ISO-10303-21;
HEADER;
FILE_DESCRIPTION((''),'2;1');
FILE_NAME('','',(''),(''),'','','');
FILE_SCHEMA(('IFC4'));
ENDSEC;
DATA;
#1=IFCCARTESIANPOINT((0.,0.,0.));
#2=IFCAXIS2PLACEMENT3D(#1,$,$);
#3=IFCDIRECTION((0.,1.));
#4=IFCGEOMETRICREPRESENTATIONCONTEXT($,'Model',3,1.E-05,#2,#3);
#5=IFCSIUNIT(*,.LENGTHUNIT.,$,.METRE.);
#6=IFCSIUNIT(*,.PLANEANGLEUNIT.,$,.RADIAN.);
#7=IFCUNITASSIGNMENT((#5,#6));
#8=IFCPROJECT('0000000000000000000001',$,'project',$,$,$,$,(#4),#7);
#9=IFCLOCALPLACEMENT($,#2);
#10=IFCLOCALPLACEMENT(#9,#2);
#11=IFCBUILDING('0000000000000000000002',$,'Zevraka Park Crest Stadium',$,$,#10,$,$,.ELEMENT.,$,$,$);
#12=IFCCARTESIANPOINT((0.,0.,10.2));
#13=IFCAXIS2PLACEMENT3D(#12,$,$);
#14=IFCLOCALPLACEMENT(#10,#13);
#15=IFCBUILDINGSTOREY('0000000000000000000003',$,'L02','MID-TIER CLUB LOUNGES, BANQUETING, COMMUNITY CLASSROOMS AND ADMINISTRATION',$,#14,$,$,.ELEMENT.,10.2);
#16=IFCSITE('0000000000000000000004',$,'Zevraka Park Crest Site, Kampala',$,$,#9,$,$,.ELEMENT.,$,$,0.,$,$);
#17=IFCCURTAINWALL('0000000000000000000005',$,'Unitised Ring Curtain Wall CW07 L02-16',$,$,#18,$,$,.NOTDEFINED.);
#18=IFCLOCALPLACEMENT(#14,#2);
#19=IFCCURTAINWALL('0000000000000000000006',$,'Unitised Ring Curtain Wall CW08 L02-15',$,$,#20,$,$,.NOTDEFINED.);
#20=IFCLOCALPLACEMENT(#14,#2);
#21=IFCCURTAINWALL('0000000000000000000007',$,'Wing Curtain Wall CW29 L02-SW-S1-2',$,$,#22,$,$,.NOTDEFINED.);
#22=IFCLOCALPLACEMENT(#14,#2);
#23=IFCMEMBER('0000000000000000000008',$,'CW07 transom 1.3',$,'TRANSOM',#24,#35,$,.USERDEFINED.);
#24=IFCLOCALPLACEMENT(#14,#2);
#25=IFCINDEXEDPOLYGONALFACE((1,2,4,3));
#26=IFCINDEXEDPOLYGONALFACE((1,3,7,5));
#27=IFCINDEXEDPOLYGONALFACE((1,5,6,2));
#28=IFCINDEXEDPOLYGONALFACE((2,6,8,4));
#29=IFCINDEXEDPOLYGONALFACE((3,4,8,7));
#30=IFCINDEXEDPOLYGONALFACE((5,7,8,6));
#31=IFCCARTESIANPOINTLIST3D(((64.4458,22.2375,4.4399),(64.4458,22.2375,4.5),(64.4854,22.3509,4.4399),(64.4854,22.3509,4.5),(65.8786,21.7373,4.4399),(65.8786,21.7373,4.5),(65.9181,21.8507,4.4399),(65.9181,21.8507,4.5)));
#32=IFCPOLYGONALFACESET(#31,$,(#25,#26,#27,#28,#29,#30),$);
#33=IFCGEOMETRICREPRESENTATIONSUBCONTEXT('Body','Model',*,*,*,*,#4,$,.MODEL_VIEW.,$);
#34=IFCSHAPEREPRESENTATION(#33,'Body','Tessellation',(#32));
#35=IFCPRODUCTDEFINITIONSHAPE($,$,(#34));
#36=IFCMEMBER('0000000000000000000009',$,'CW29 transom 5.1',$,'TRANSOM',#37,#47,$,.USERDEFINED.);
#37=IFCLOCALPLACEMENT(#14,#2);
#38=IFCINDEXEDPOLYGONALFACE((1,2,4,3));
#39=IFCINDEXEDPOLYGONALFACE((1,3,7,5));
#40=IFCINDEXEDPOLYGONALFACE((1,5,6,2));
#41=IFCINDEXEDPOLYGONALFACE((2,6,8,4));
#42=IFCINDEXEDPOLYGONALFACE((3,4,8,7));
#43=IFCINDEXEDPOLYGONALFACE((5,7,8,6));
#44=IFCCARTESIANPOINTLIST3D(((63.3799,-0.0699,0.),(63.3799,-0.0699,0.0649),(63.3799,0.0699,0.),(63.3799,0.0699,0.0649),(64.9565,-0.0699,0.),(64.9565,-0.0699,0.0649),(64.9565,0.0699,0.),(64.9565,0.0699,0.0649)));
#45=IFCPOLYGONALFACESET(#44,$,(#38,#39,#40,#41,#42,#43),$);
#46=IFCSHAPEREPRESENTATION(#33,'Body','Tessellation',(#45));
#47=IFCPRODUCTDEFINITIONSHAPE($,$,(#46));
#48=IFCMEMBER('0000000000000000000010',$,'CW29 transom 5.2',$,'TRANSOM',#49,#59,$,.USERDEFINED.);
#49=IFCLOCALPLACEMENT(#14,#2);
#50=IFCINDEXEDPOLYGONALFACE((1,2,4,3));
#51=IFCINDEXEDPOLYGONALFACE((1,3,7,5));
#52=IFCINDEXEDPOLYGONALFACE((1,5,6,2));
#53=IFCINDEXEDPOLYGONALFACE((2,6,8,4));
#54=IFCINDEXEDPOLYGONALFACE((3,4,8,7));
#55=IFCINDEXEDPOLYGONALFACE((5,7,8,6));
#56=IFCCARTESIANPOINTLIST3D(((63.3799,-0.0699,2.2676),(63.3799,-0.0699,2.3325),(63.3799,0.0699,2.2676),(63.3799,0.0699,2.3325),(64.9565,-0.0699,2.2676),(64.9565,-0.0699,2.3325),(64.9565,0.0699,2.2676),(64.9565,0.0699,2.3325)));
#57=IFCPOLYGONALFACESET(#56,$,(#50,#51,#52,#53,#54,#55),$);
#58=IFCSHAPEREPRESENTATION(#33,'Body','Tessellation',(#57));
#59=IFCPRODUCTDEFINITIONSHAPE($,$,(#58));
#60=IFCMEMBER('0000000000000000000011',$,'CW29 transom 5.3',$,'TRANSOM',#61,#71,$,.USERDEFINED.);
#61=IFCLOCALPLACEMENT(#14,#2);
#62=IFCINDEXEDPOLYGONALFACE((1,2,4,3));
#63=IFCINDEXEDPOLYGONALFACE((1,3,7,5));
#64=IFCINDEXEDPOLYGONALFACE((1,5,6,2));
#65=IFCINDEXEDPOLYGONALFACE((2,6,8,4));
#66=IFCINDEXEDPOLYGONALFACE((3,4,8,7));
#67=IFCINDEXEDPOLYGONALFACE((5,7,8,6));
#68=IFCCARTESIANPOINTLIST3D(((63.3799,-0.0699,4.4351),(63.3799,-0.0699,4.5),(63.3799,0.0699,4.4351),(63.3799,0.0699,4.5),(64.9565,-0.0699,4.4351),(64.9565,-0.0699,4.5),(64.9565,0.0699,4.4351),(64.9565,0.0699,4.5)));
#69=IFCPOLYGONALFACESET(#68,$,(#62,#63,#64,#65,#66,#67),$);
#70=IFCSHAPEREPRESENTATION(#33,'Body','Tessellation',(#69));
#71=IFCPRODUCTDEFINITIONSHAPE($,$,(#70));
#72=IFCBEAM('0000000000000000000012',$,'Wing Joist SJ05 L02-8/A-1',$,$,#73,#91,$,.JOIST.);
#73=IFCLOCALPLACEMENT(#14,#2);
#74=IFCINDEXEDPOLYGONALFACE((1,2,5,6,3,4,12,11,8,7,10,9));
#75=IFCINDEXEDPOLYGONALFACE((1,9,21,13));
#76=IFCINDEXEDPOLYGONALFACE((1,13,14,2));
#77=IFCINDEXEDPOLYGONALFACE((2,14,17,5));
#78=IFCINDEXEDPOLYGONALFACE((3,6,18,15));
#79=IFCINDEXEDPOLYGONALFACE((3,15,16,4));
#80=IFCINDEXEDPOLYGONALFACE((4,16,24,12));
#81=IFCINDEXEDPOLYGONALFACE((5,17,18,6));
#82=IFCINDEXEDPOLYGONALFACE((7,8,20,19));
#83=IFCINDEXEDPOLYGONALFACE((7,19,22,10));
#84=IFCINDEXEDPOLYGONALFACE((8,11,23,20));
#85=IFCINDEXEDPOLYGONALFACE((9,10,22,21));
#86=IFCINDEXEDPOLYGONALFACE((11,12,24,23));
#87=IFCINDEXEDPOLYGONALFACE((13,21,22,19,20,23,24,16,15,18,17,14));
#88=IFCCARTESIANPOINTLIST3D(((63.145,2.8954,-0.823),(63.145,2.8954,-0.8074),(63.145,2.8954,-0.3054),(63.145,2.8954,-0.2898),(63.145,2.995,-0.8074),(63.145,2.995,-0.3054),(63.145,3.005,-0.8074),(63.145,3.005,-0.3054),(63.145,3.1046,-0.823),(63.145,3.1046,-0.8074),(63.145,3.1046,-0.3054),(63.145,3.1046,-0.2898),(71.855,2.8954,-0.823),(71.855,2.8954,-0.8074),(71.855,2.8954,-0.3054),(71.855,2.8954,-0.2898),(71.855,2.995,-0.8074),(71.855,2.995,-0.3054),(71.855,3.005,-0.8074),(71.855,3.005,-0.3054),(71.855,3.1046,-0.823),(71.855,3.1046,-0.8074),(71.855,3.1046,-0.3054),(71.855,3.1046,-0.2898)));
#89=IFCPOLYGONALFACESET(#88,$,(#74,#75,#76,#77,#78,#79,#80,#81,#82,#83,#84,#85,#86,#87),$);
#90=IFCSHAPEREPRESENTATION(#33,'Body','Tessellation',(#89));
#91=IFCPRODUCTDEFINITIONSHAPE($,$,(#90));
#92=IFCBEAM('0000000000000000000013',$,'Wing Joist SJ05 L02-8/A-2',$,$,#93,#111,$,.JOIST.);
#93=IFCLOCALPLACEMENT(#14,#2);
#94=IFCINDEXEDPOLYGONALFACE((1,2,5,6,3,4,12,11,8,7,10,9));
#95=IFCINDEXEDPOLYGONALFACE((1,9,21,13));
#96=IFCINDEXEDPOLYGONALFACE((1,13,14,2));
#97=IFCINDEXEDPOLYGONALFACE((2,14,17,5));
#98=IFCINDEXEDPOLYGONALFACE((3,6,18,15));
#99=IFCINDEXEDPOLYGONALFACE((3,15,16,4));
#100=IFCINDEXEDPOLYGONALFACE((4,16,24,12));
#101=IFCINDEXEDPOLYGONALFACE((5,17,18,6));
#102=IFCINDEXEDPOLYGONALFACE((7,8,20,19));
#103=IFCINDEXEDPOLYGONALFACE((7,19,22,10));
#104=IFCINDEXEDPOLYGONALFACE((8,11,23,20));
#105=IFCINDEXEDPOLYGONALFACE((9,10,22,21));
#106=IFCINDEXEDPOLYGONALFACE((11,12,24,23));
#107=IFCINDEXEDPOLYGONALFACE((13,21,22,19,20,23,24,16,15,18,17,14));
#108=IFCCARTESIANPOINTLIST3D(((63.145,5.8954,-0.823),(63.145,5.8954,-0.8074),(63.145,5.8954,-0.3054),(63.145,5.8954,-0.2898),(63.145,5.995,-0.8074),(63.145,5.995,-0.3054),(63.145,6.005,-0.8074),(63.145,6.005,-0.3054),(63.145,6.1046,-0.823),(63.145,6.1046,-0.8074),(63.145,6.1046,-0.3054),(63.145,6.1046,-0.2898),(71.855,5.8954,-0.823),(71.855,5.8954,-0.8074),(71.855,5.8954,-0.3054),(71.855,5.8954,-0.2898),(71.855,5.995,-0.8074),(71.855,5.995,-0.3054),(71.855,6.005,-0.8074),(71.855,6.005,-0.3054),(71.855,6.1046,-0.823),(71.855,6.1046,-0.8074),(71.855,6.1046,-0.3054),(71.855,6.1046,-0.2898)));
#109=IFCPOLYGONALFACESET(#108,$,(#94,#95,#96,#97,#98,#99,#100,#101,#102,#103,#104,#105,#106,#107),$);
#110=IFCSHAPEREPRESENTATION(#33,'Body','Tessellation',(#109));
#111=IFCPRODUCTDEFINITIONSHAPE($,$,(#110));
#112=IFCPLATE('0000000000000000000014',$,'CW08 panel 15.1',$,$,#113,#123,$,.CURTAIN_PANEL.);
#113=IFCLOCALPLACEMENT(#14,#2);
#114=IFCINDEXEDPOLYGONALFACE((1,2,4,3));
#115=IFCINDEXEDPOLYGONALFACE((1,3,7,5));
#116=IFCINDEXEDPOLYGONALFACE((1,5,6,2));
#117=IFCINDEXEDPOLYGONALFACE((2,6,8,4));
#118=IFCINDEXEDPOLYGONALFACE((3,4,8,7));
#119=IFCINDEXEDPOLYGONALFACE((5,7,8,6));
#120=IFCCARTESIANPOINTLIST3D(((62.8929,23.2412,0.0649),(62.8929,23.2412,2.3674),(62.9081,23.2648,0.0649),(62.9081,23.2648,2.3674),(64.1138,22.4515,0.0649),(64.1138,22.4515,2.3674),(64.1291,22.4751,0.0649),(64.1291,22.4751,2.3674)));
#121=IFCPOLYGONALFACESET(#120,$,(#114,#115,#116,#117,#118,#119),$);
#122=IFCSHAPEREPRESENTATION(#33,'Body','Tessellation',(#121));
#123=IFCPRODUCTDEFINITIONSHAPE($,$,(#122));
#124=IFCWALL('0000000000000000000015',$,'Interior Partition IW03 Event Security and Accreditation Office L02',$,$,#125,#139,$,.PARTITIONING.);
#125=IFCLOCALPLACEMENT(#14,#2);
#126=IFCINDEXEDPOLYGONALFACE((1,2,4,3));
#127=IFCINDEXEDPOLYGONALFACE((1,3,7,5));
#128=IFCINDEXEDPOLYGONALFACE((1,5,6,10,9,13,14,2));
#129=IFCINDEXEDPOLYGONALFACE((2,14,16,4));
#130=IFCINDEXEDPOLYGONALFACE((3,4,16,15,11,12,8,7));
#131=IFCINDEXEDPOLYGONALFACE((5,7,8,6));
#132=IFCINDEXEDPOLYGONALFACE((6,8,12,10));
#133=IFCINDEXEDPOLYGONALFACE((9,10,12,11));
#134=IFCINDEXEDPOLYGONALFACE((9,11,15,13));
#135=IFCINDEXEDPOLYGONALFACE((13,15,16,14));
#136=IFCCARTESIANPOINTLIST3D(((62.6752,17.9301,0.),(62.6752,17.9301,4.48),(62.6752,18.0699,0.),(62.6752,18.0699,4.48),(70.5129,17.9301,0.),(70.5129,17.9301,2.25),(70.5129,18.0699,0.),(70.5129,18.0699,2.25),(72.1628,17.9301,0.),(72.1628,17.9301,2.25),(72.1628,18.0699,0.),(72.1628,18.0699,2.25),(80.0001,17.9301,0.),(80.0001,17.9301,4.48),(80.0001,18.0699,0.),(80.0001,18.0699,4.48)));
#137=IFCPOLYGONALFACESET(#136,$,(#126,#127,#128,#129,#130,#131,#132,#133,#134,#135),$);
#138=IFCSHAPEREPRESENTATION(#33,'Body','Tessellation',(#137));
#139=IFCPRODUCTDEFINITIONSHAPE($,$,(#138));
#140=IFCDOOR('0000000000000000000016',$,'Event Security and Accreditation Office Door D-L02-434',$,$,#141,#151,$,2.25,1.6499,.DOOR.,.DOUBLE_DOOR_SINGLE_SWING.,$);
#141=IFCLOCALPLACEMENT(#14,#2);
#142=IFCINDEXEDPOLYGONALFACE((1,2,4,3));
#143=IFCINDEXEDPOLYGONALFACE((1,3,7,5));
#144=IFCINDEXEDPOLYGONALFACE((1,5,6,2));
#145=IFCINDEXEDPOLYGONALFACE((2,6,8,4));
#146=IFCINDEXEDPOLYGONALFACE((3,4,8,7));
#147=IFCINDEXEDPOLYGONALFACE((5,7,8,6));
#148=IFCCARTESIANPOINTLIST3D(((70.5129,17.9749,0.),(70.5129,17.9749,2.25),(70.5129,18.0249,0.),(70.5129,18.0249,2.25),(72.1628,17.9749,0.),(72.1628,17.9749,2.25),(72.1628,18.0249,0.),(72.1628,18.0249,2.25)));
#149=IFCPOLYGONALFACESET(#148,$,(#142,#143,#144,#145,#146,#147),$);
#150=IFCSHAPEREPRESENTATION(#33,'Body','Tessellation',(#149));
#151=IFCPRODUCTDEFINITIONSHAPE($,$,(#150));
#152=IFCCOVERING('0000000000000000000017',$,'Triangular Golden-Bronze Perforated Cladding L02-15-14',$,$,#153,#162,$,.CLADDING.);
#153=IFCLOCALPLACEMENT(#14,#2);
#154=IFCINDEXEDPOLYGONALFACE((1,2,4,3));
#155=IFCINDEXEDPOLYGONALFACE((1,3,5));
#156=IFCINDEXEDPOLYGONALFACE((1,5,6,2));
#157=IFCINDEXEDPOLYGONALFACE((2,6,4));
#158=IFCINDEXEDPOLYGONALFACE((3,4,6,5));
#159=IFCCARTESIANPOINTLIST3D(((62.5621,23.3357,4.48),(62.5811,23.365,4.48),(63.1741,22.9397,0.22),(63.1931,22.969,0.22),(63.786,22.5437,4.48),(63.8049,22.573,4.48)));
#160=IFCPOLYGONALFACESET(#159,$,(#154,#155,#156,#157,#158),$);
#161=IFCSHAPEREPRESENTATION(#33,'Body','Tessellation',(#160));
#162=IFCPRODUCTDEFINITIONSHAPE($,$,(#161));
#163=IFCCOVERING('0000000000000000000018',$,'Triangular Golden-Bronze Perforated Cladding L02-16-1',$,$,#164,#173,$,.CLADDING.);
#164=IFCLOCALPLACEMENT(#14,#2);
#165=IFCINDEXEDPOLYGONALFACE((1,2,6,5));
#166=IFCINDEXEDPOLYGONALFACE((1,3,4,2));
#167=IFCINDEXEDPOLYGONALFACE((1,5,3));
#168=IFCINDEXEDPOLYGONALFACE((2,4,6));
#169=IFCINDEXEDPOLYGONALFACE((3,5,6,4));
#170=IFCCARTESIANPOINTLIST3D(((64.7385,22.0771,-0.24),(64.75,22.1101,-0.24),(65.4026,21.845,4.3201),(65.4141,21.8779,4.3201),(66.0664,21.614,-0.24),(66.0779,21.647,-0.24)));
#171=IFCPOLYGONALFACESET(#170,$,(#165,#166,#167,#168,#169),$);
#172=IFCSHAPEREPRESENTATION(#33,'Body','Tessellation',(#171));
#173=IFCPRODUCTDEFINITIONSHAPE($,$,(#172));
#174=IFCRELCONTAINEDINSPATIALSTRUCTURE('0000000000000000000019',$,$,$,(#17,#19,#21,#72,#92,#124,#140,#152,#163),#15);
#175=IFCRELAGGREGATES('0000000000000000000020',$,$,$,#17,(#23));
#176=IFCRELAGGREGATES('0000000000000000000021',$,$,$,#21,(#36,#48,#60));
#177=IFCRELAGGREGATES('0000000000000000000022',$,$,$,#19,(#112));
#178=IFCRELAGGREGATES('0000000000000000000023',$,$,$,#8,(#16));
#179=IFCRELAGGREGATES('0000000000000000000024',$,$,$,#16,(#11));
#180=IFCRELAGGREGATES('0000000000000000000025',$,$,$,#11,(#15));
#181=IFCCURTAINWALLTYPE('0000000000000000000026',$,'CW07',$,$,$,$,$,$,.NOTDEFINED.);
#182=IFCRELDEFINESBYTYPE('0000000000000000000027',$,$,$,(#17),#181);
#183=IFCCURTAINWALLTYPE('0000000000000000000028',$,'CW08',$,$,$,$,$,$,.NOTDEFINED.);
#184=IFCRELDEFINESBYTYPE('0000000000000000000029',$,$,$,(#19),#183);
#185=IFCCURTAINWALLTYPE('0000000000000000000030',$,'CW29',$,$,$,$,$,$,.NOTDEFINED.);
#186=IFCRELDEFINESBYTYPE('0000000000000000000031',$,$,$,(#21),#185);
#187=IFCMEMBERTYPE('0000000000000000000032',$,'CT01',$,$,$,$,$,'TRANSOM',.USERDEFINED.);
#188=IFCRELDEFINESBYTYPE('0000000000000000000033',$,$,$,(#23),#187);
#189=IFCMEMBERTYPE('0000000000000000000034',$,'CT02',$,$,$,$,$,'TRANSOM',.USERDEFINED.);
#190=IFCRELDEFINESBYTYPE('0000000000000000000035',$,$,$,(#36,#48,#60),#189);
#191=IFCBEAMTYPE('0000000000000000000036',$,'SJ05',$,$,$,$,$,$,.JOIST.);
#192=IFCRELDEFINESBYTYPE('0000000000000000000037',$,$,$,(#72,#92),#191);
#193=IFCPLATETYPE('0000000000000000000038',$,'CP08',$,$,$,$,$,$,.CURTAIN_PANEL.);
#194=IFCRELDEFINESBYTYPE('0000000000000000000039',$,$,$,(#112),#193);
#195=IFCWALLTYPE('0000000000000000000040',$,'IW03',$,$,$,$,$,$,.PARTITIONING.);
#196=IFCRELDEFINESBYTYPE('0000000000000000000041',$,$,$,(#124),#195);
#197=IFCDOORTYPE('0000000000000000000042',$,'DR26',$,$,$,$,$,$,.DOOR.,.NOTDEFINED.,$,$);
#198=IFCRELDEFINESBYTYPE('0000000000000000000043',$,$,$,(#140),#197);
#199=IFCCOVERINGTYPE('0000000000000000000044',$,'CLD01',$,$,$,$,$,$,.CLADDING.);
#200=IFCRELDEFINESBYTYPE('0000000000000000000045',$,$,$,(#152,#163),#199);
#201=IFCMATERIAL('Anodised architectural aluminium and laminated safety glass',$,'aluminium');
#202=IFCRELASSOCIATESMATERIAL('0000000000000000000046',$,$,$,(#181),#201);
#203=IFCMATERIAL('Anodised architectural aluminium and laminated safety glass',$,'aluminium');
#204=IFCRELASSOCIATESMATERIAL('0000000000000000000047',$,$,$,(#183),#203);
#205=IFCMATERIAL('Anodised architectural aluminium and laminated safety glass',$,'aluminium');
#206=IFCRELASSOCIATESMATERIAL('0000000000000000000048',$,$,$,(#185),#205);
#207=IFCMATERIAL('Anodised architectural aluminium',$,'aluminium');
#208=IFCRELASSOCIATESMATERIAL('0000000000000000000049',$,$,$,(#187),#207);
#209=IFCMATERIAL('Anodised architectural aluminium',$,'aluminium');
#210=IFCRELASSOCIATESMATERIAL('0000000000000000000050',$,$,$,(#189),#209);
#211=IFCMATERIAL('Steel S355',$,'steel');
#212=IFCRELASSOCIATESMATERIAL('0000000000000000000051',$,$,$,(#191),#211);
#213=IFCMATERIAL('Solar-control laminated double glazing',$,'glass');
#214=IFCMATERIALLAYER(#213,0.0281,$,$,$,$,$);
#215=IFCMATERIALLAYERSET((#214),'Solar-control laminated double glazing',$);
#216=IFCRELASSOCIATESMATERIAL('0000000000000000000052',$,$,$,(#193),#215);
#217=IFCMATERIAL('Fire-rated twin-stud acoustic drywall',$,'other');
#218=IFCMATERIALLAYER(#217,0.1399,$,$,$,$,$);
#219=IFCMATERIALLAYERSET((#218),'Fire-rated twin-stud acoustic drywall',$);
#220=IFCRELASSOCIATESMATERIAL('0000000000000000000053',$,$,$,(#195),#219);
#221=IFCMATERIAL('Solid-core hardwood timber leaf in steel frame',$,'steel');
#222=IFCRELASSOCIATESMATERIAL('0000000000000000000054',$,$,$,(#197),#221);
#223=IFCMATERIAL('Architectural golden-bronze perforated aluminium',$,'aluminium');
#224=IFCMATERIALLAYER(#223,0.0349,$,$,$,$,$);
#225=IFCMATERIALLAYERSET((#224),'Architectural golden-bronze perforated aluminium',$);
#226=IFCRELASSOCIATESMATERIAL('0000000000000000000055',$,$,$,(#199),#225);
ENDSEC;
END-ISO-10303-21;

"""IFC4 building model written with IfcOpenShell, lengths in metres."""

from ifc_helpers import new_model, si_unit, direction, frame, frame_2d, origin, origin_2d, place, context, subcontext, project, spatial, polyline, rectangle, i_section, outline, extrude, material, layer, layer_set, material_profile, profile_set, type_object, element, fill, aggregate, save


model = new_model("IFC4")

# Units and contexts
model_context = context("Model", 3, precision=1e-05, world=origin(), true_north=direction((0.0, 1.0)))
body_context = subcontext(model_context, "Body", "Model", "MODEL_VIEW")
ifc_project = project(units=[si_unit("LENGTHUNIT", "METRE"), si_unit("PLANEANGLEUNIT", "RADIAN")], contexts=[model_context])

# Site, building, storey
site_placement = place(None, origin())
site = spatial("IfcSite", under=ifc_project, at=site_placement, Name="Zevraka Park Crest Site, Kampala", CompositionType="ELEMENT", RefElevation=0.0)
building_placement = place(site_placement, origin())
building = spatial("IfcBuilding", under=site, at=building_placement, Name="Zevraka Park Crest Stadium", CompositionType="ELEMENT")
storey_placement = place(building_placement, frame((0.0, 0.0, 10.2)))
storey = spatial("IfcBuildingStorey", under=building, at=storey_placement, Name="L02", Description="MID-TIER CLUB LOUNGES, BANQUETING, COMMUNITY CLASSROOMS AND ADMINISTRATION", CompositionType="ELEMENT", Elevation=10.2)

# Curtain walls
ifc_material_1 = material(Name="Anodised architectural aluminium and laminated safety glass", Category="aluminium")
curtain_wall_type_1 = type_object("IfcCurtainWallType", Name="CW07", PredefinedType="NOTDEFINED", material=ifc_material_1)
curtain_wall_1_placement = place(storey_placement, origin())
curtain_wall_1 = element("IfcCurtainWall", 1, at=curtain_wall_1_placement, inside=storey, type_object=curtain_wall_type_1, Name="Unitised Ring Curtain Wall CW07 L02-16", PredefinedType="NOTDEFINED")
ifc_material_2 = material(Name="Anodised architectural aluminium and laminated safety glass", Category="aluminium")
curtain_wall_type_2 = type_object("IfcCurtainWallType", Name="CW08", PredefinedType="NOTDEFINED", material=ifc_material_2)
curtain_wall_2_placement = place(storey_placement, origin())
curtain_wall_2 = element("IfcCurtainWall", 2, at=curtain_wall_2_placement, inside=storey, type_object=curtain_wall_type_2, Name="Unitised Ring Curtain Wall CW08 L02-15", PredefinedType="NOTDEFINED")
ifc_material_3 = material(Name="Anodised architectural aluminium and laminated safety glass", Category="aluminium")
curtain_wall_type_3 = type_object("IfcCurtainWallType", Name="CW29", PredefinedType="NOTDEFINED", material=ifc_material_3)
curtain_wall_3_placement = place(storey_placement, origin())
curtain_wall_3 = element("IfcCurtainWall", 3, at=curtain_wall_3_placement, inside=storey, type_object=curtain_wall_type_3, Name="Wing Curtain Wall CW29 L02-SW-S1-2", PredefinedType="NOTDEFINED")

# Members
ifc_material_4 = material(Name="Anodised architectural aluminium", Category="aluminium")
ifc_material_profile_1 = material_profile(ifc_material_4, rectangle(XDim=0.1201, YDim=0.0601, at=origin_2d()), Name="ALU TRANSOM 120x60")
ifc_profile_set_1 = profile_set([ifc_material_profile_1], Name="Anodised architectural aluminium")
member_type_1 = type_object("IfcMemberType", Name="CT01", ElementType="TRANSOM", PredefinedType="USERDEFINED", material=ifc_profile_set_1)
member_1_placement = place(storey_placement, frame((64.4656, 22.2942, 4.47), z_axis=(0.944116, -0.329612, 0.0), x_axis=(0.329612, 0.944116, 0.0)))
member_1 = element("IfcMember", 4, at=member_1_placement, type_object=member_type_1, Name="CW07 transom 1.3", ObjectType="TRANSOM", PredefinedType="USERDEFINED", context=body_context, shape_type="SweptSolid", body=[
    extrude(rectangle(XDim=0.1201, YDim=0.0601, at=origin_2d()), origin(), (0.0, 0.0, 1.0), 1.5176),
])
aggregate(curtain_wall_1, [member_1])
ifc_material_5 = material(Name="Anodised architectural aluminium", Category="aluminium")
ifc_material_profile_2 = material_profile(ifc_material_5, rectangle(XDim=0.1399, YDim=0.0649, at=origin_2d()), Name="ALU TRANSOM 140x65")
ifc_profile_set_2 = profile_set([ifc_material_profile_2], Name="Anodised architectural aluminium")
member_type_2 = type_object("IfcMemberType", Name="CT02", ElementType="TRANSOM", PredefinedType="USERDEFINED", material=ifc_profile_set_2)
member_2_placement = place(storey_placement, frame((64.9565, 0.0, 0.0325), z_axis=(-1.0, 0.0, 0.0), x_axis=(0.0, -1.0, 0.0)))
member_2 = element("IfcMember", 5, at=member_2_placement, type_object=member_type_2, Name="CW29 transom 5.1", ObjectType="TRANSOM", PredefinedType="USERDEFINED", context=body_context, shape_type="SweptSolid", body=[
    extrude(rectangle(XDim=0.1399, YDim=0.0649, at=origin_2d()), origin(), (0.0, 0.0, 1.0), 1.5767),
])
member_3_placement = place(storey_placement, frame((64.9565, 0.0, 2.3), z_axis=(-1.0, 0.0, 0.0), x_axis=(0.0, -1.0, 0.0)))
member_3 = element("IfcMember", 6, at=member_3_placement, type_object=member_type_2, Name="CW29 transom 5.2", ObjectType="TRANSOM", PredefinedType="USERDEFINED", context=body_context, shape_type="SweptSolid", body=[
    extrude(rectangle(XDim=0.1399, YDim=0.0649, at=origin_2d()), origin(), (0.0, 0.0, 1.0), 1.5767),
])
member_4_placement = place(storey_placement, frame((64.9565, 0.0, 4.4675), z_axis=(-1.0, 0.0, 0.0), x_axis=(0.0, -1.0, 0.0)))
member_4 = element("IfcMember", 7, at=member_4_placement, type_object=member_type_2, Name="CW29 transom 5.3", ObjectType="TRANSOM", PredefinedType="USERDEFINED", context=body_context, shape_type="SweptSolid", body=[
    extrude(rectangle(XDim=0.1399, YDim=0.0649, at=origin_2d()), origin(), (0.0, 0.0, 1.0), 1.5767),
])
aggregate(curtain_wall_3, [member_2, member_3, member_4])

# Beams
ifc_material_6 = material(Name="Steel S355", Category="steel")
ifc_material_profile_3 = material_profile(ifc_material_6, i_section(OverallWidth=0.2092, OverallDepth=0.5332, WebThickness=0.01, FlangeThickness=0.0156, at=origin_2d()), Name="UKB 533x210x92")
ifc_profile_set_3 = profile_set([ifc_material_profile_3], Name="Steel S355")
beam_type_1 = type_object("IfcBeamType", Name="SJ05", PredefinedType="JOIST", material=ifc_profile_set_3)
for number, where, z_axis, x_axis, name in (
    (8, (63.145, 3.0, -0.5564), (1.0, 0.0, 0.0), (0.0, 1.0, 0.0), "Wing Joist SJ05 L02-8/A-1"),
    (9, (63.145, 6.0, -0.5564), (1.0, 0.0, 0.0), (0.0, 1.0, 0.0), "Wing Joist SJ05 L02-8/A-2"),
):
    element("IfcBeam", number, at=place(storey_placement, frame(where, z_axis=z_axis, x_axis=x_axis)), inside=storey, type_object=beam_type_1, Name=name, PredefinedType="JOIST", context=body_context, shape_type="SweptSolid", body=[
        extrude(i_section(OverallWidth=0.2092, OverallDepth=0.5332, WebThickness=0.01, FlangeThickness=0.0156, at=origin_2d()), origin(), (0.0, 0.0, 1.0), 8.71),
    ])

# Plate
ifc_material_7 = material(Name="Solar-control laminated double glazing", Category="glass")
ifc_layer_1 = layer(ifc_material_7, 0.0281)
ifc_layer_set_1 = layer_set([ifc_layer_1], Name="Solar-control laminated double glazing")
plate_type = type_object("IfcPlateType", Name="CP08", PredefinedType="CURTAIN_PANEL", material=ifc_layer_set_1)
plate_placement = place(storey_placement, frame((63.511, 22.8582, 0.0649), z_axis=(0.0, 0.0, 1.0), x_axis=(0.83967, -0.543096, 0.0)))
plate = element("IfcPlate", 10, at=plate_placement, type_object=plate_type, Name="CW08 panel 15.1", PredefinedType="CURTAIN_PANEL", context=body_context, shape_type="SweptSolid", body=[
    extrude(rectangle(XDim=1.4541, YDim=0.0281, at=origin_2d()), origin(), (0.0, 0.0, 1.0), 2.3025),
])
aggregate(curtain_wall_2, [plate])

# Wall, opening, door
ifc_material_8 = material(Name="Fire-rated twin-stud acoustic drywall", Category="other")
ifc_layer_2 = layer(ifc_material_8, 0.1399)
ifc_layer_set_2 = layer_set([ifc_layer_2], Name="Fire-rated twin-stud acoustic drywall")
wall_type = type_object("IfcWallType", Name="IW03", PredefinedType="PARTITIONING", material=ifc_layer_set_2)
wall_placement = place(storey_placement, frame((62.675, 18.0, 0.0), z_axis=(0.0, 0.0, 1.0), x_axis=(1.0, 0.0, 0.0)))
wall = element("IfcWall", 11, at=wall_placement, inside=storey, type_object=wall_type, Name="Interior Partition IW03 Event Security and Accreditation Office L02", PredefinedType="PARTITIONING", context=body_context, shape_type="SweptSolid", body=[
    extrude(rectangle(XDim=17.325, YDim=0.1399, at=frame_2d((8.6626, 0.0))), origin(), (0.0, 0.0, 1.0), 4.48),
])
opening_placement = place(wall_placement, frame((7.8379, 0.0, 0.0)))
opening = element("IfcOpeningElement", 12, at=opening_placement, cuts=wall, PredefinedType="OPENING", context=body_context, shape_type="SweptSolid", body=[
    extrude(rectangle(XDim=1.6499, YDim=2.25, at=frame_2d((0.825, 1.125))), frame((0.0, 0.0798, 0.0), z_axis=(0.0, -1.0, 0.0), x_axis=(1.0, 0.0, 0.0)), (0.0, 0.0, 1.0), 0.1599),
])
ifc_material_9 = material(Name="Solid-core hardwood timber leaf in steel frame", Category="steel")
door_type = type_object("IfcDoorType", Name="DR26", OperationType="NOTDEFINED", PredefinedType="DOOR", material=ifc_material_9)
door_placement = place(opening_placement, origin())
door = element("IfcDoor", 13, at=door_placement, inside=storey, type_object=door_type, Name="Event Security and Accreditation Office Door D-L02-434", OperationType="DOUBLE_DOOR_SINGLE_SWING", OverallHeight=2.25, OverallWidth=1.6499, PredefinedType="DOOR", context=body_context, shape_type="SweptSolid", body=[
    extrude(rectangle(XDim=1.6499, YDim=2.25, at=frame_2d((0.825, 1.125))), frame((0.0, 0.0249, 0.0), z_axis=(0.0, -1.0, 0.0), x_axis=(1.0, 0.0, 0.0)), (0.0, 0.0, 1.0), 0.05),
])
fill(opening, door)

# Coverings
ifc_material_10 = material(Name="Architectural golden-bronze perforated aluminium", Category="aluminium")
ifc_layer_3 = layer(ifc_material_10, 0.0349)
ifc_layer_set_3 = layer_set([ifc_layer_3], Name="Architectural golden-bronze perforated aluminium")
covering_type = type_object("IfcCoveringType", Name="CLD01", PredefinedType="CLADDING", material=ifc_layer_set_3)
covering_1_placement = place(storey_placement, frame((63.8049, 22.573, 4.48), z_axis=(0.543286, 0.839548, 0.000016), x_axis=(-0.839548, 0.543286, 0.0)))
element("IfcCovering", 14, at=covering_1_placement, inside=storey, type_object=covering_type, Name="Triangular Golden-Bronze Perforated Cladding L02-15-14", PredefinedType="CLADDING", context=body_context, shape_type="SweptSolid", body=[
    extrude(outline(polyline([(0.0, 0.0), (1.4578, 0.0), (0.7288, -4.26), (0.0, 0.0)])), origin(), (0.0, 0.0, -1.0), 0.0349),
])
covering_2_placement = place(storey_placement, frame((64.75, 22.1101, -0.24), z_axis=(0.329322, 0.944218, 0.000118), x_axis=(0.944218, -0.329322, 0.0)))
element("IfcCovering", 15, at=covering_2_placement, inside=storey, type_object=covering_type, Name="Triangular Golden-Bronze Perforated Cladding L02-16-1", PredefinedType="CLADDING", context=body_context, shape_type="SweptSolid", body=[
    extrude(outline(polyline([(0.0, 0.0), (1.4063, 0.0), (0.7035, -4.5601), (0.0, 0.0)])), origin(), (0.0, 0.0, -1.0), 0.0349),
])

save(model, "model.ifc")
